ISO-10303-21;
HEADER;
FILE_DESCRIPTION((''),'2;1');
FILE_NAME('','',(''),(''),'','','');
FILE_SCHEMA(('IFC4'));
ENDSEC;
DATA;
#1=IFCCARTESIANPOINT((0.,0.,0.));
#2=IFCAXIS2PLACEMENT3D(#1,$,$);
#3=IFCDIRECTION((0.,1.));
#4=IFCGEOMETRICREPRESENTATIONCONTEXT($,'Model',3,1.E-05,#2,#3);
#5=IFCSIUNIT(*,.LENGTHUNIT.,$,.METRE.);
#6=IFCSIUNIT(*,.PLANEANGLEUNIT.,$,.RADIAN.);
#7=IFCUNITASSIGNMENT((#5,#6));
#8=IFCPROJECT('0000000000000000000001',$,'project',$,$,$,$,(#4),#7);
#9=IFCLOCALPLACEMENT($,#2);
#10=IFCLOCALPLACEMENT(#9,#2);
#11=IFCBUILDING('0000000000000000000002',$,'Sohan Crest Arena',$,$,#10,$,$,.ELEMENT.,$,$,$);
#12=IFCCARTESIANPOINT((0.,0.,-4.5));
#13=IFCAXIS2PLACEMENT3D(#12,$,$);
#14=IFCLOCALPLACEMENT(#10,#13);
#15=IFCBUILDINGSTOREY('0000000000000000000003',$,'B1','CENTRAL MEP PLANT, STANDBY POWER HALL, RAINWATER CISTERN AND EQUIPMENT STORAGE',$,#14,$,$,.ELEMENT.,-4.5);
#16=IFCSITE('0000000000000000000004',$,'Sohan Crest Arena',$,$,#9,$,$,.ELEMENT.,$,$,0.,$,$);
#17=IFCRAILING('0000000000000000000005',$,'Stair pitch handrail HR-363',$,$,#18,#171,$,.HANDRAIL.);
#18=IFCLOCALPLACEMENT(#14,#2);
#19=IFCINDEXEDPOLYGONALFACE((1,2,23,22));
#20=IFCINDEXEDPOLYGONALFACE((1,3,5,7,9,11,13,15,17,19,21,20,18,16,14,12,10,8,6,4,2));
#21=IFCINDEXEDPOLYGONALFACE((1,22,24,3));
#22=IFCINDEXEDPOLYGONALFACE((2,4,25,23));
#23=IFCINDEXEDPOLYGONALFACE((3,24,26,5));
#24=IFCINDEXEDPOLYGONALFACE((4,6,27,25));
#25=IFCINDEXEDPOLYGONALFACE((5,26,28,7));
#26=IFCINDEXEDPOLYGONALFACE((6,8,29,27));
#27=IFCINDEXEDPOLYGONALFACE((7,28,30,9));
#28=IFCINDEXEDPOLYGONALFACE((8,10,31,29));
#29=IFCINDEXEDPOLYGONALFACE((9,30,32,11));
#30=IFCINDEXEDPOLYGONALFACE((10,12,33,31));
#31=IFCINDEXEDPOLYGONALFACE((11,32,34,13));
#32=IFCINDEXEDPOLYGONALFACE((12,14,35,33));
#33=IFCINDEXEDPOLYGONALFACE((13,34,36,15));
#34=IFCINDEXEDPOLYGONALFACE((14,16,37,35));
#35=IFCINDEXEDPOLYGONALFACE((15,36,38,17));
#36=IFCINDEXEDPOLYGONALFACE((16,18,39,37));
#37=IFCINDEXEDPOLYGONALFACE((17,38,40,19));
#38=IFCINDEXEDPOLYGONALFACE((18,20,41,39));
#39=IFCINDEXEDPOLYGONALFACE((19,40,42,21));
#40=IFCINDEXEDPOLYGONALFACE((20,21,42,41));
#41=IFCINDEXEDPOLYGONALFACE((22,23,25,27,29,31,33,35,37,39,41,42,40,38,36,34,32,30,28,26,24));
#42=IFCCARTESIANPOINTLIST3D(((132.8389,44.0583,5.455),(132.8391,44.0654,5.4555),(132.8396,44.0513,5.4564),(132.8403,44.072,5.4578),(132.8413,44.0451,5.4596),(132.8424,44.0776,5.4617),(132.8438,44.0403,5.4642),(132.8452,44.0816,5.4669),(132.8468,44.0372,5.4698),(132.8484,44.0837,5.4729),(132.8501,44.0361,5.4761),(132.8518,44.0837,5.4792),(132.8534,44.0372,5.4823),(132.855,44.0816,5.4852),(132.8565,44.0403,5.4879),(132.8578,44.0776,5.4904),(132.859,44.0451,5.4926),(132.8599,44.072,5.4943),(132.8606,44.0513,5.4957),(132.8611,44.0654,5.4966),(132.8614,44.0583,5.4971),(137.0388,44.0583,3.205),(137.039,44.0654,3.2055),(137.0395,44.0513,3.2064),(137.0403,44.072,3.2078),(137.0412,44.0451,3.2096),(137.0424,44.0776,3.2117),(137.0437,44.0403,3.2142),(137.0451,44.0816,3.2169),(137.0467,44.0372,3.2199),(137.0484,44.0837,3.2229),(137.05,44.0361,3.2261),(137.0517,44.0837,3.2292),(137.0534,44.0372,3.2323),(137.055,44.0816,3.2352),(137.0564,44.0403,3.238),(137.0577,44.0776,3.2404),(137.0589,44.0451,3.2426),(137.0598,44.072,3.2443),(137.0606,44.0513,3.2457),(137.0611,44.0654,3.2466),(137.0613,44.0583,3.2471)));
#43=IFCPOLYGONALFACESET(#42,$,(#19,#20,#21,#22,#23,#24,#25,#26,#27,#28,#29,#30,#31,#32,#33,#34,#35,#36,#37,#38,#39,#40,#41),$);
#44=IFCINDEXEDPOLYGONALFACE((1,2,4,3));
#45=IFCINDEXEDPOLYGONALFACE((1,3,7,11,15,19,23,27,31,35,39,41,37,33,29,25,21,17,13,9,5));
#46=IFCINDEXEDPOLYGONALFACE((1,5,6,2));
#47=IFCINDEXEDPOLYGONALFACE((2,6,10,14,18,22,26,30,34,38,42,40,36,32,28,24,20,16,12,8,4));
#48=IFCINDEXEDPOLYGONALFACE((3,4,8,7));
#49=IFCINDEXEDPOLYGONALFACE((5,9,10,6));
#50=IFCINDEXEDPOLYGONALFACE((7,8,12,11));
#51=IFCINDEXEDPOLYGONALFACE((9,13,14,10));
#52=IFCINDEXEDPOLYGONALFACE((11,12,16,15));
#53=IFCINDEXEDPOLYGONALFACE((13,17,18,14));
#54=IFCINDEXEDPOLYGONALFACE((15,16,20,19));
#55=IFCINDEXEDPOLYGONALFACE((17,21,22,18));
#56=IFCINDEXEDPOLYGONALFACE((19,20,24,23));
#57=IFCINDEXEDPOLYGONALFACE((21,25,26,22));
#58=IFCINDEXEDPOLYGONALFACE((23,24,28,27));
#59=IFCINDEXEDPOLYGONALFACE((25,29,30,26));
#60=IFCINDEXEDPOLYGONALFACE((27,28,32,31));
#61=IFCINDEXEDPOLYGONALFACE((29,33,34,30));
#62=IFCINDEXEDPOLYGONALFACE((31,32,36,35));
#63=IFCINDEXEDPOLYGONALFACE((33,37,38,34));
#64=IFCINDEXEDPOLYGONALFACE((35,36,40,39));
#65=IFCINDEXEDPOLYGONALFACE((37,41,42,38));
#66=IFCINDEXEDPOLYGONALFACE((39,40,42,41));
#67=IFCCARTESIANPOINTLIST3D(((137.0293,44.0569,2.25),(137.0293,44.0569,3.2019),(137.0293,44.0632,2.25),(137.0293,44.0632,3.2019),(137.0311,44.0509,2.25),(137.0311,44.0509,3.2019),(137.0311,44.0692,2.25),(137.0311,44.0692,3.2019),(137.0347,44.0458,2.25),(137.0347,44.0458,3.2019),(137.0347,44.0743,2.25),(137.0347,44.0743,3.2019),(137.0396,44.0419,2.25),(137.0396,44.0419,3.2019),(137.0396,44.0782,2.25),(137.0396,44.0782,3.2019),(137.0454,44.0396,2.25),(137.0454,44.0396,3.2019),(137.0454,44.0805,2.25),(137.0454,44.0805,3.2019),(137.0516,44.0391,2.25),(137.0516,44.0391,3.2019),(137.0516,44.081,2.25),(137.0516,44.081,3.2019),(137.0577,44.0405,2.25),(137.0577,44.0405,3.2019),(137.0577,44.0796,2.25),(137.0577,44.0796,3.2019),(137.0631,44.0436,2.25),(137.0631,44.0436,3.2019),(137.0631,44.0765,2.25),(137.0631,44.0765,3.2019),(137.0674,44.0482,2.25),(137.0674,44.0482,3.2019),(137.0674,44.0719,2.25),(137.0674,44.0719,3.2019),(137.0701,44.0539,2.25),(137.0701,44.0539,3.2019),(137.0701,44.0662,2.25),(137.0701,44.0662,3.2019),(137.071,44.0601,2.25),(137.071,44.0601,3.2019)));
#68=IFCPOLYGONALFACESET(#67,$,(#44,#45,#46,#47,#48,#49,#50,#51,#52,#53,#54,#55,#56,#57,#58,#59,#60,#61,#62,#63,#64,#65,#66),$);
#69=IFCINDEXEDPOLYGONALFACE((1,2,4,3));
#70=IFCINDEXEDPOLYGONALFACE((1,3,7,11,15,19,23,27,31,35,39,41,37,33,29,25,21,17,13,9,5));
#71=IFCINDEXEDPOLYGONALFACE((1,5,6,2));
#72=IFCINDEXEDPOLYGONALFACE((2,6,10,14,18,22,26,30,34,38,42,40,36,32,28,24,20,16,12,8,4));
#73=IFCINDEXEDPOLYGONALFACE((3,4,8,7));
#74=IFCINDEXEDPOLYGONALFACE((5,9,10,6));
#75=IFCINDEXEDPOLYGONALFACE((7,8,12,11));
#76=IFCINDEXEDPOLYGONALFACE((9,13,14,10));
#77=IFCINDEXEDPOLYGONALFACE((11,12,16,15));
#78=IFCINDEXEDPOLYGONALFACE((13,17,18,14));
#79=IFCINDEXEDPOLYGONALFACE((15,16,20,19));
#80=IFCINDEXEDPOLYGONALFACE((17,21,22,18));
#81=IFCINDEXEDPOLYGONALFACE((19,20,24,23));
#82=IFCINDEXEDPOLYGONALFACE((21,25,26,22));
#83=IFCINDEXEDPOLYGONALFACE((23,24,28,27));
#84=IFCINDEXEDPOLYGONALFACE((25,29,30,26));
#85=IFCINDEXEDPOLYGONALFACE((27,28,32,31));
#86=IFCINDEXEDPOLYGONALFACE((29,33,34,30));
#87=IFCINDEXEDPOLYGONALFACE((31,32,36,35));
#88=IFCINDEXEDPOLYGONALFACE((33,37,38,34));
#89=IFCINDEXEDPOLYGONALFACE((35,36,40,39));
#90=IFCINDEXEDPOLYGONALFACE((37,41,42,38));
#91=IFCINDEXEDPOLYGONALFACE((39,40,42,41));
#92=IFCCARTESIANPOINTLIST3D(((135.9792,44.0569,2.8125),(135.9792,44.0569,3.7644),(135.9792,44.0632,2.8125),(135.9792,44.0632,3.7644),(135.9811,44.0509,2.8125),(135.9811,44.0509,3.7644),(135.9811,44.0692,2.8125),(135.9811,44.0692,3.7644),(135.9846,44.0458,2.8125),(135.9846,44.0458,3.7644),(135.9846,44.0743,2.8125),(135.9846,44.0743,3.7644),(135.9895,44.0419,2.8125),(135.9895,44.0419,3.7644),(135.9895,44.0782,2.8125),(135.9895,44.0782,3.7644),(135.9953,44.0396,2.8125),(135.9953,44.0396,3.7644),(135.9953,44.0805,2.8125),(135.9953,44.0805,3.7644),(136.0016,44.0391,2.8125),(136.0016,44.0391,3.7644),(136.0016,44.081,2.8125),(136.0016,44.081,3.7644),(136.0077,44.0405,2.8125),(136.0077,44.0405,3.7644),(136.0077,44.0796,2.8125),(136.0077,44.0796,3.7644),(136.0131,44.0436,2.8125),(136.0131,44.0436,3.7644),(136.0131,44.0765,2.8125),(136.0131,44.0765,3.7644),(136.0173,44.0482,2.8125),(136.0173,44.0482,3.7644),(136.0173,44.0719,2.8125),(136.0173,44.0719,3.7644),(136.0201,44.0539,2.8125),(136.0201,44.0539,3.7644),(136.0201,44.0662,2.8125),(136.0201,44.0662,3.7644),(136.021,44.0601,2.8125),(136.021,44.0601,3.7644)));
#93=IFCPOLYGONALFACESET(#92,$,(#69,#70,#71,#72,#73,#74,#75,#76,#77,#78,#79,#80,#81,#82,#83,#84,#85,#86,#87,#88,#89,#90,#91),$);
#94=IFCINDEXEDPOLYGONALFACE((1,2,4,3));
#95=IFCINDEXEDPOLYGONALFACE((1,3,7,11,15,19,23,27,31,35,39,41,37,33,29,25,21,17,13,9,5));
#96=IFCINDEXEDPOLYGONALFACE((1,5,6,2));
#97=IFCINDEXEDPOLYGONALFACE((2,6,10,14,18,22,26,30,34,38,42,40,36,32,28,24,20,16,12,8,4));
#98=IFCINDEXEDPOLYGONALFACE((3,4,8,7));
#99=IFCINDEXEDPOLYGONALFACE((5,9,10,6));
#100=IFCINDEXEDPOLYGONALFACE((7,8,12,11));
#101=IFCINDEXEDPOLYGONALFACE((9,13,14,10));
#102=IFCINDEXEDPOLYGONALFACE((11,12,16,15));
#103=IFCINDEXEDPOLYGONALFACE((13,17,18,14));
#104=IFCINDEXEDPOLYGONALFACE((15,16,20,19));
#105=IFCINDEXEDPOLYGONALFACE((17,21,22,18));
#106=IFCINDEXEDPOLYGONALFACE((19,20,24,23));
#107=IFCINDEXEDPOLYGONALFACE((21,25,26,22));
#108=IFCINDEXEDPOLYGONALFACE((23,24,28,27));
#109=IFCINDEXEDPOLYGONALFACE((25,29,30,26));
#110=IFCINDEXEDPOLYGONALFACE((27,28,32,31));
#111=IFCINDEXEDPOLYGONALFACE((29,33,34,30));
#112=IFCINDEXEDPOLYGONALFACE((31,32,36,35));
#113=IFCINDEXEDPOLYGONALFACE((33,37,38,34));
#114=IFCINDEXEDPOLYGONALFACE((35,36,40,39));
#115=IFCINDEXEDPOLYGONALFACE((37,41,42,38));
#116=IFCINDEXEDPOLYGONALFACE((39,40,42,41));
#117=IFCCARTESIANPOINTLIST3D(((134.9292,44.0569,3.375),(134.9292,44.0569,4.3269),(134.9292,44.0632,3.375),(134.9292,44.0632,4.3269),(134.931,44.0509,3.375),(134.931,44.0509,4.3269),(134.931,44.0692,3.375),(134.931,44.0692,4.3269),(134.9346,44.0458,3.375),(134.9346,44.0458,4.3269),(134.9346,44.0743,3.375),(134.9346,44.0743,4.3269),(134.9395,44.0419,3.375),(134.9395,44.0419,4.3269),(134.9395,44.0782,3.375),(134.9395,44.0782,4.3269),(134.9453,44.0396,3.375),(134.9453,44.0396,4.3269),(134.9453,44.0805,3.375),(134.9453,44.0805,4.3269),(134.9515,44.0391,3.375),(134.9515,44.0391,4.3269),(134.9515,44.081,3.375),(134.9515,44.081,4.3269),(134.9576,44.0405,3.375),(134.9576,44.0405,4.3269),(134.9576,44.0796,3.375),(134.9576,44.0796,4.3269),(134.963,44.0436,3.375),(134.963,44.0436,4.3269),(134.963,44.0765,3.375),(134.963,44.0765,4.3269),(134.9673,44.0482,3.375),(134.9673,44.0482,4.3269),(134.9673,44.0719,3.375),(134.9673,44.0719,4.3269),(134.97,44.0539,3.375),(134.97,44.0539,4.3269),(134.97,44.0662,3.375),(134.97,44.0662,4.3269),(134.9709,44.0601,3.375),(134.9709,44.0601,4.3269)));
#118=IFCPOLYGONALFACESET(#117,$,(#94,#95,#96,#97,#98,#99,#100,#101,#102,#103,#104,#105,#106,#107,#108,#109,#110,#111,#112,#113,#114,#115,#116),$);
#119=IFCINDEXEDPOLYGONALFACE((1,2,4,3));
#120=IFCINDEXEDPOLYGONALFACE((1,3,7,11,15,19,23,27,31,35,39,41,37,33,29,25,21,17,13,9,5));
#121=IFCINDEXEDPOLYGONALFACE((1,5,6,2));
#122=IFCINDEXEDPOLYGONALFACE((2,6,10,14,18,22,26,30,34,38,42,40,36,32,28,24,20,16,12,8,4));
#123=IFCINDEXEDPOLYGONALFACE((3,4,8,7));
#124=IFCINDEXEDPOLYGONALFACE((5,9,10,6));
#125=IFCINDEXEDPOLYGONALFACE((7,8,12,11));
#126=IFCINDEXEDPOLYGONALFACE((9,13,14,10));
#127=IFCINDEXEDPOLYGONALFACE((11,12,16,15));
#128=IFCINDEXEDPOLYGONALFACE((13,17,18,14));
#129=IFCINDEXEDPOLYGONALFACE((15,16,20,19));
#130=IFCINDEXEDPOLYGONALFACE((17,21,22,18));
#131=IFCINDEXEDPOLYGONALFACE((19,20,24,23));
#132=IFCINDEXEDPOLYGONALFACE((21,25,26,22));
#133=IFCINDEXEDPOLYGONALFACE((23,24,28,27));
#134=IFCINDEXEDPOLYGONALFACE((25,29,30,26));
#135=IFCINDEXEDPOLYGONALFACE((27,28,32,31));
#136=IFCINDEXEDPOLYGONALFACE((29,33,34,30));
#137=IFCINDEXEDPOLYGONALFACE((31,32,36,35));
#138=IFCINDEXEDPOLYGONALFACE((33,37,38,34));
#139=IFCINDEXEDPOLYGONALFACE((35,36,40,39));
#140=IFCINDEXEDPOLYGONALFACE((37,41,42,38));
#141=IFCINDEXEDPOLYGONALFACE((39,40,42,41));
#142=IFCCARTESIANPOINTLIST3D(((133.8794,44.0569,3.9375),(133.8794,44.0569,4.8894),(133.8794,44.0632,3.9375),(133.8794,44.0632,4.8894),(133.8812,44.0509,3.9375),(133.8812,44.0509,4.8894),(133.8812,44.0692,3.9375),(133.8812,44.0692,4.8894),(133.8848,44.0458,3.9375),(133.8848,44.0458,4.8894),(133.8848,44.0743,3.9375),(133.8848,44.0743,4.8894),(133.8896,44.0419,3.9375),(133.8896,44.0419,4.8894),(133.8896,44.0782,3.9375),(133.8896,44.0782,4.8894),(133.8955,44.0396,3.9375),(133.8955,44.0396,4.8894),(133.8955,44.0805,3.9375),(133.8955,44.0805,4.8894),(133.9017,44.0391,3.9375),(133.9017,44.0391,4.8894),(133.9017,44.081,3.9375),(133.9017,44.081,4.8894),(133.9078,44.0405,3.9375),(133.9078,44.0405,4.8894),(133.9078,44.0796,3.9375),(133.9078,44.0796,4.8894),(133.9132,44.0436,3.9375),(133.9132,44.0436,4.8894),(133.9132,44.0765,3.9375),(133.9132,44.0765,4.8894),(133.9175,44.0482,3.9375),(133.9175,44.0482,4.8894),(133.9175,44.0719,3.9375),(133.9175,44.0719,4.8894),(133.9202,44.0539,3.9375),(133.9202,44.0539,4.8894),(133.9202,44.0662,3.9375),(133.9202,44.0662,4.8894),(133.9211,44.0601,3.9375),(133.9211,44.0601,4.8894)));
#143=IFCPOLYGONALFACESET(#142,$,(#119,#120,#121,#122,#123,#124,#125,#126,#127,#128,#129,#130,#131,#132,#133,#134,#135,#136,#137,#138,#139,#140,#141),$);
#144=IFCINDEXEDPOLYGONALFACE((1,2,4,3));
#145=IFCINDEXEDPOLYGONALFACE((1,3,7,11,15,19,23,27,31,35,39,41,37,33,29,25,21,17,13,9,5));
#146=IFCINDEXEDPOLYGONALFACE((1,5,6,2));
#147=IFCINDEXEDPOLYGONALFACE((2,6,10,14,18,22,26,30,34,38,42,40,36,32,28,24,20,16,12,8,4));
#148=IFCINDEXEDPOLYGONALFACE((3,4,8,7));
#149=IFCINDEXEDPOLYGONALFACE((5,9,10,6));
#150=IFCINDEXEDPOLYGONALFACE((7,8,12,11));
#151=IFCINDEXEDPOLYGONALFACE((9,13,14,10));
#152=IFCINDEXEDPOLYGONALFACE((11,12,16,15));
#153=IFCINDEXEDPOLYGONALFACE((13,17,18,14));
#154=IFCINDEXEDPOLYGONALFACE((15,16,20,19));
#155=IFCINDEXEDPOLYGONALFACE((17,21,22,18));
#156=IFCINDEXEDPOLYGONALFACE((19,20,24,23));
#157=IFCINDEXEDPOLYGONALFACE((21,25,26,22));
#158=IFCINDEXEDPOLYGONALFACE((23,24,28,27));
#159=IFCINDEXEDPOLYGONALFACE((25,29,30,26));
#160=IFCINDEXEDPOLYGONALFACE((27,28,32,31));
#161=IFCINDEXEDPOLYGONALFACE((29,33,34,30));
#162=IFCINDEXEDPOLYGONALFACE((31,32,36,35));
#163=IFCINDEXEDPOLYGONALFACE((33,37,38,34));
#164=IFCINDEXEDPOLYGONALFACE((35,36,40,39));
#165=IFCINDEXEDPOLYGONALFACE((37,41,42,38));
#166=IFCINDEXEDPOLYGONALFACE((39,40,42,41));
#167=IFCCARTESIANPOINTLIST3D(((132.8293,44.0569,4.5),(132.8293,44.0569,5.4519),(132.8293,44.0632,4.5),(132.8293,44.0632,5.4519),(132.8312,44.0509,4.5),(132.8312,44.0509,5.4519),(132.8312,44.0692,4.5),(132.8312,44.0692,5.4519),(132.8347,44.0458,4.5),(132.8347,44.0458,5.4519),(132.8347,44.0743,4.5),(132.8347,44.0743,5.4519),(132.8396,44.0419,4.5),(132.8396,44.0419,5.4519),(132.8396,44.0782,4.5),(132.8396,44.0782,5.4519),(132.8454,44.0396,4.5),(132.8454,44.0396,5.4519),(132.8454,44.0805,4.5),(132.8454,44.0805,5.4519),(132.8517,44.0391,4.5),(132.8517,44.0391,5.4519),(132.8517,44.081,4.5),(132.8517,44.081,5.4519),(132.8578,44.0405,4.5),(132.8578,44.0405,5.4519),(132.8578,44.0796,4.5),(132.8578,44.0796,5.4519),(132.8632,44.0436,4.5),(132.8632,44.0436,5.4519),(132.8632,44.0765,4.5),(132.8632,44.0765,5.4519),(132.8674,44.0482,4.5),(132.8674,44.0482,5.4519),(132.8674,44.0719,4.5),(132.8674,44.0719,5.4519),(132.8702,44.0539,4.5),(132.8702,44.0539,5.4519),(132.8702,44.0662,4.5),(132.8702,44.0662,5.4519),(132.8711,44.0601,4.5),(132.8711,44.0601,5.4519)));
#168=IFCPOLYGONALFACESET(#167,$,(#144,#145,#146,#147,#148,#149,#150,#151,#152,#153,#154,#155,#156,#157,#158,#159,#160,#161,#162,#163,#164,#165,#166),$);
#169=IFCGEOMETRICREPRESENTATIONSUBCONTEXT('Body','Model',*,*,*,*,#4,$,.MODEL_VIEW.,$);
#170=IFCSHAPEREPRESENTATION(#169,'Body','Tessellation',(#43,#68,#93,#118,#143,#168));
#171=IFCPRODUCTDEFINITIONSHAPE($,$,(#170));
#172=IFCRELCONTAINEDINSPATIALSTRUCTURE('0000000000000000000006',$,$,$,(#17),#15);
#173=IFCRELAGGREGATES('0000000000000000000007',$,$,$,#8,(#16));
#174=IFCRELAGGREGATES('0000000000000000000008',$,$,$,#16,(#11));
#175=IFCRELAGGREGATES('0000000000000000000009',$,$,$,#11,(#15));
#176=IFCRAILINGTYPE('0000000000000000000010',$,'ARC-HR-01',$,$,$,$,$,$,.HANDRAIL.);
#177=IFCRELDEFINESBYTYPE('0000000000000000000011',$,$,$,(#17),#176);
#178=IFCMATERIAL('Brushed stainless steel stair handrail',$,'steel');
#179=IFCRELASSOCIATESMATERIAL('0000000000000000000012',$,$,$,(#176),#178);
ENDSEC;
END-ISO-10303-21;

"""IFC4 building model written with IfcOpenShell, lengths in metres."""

from ifc_helpers import new_model, si_unit, direction, frame, origin, origin_2d, place, context, subcontext, project, spatial, circle, extrude, material, type_object, element, save


model = new_model("IFC4")

# Units and contexts
model_context = context("Model", 3, precision=1e-05, world=origin(), true_north=direction((0.0, 1.0)))
body_context = subcontext(model_context, "Body", "Model", "MODEL_VIEW")
ifc_project = project(units=[si_unit("LENGTHUNIT", "METRE"), si_unit("PLANEANGLEUNIT", "RADIAN")], contexts=[model_context])

# Site, building, storey
site_placement = place(None, origin())
site = spatial("IfcSite", under=ifc_project, at=site_placement, Name="Sohan Crest Arena", CompositionType="ELEMENT", RefElevation=0.0)
building_placement = place(site_placement, origin())
building = spatial("IfcBuilding", under=site, at=building_placement, Name="Sohan Crest Arena", CompositionType="ELEMENT")
storey_placement = place(building_placement, frame((0.0, 0.0, -4.5)))
storey = spatial("IfcBuildingStorey", under=building, at=storey_placement, Name="B1", Description="CENTRAL MEP PLANT, STANDBY POWER HALL, RAINWATER CISTERN AND EQUIPMENT STORAGE", CompositionType="ELEMENT", Elevation=-4.5)

# Railing
ifc_material_1 = material(Name="Brushed stainless steel stair handrail", Category="steel")
railing_type_1 = type_object("IfcRailingType", Name="ARC-HR-01", PredefinedType="HANDRAIL", material=ifc_material_1)
railing_1_placement = place(storey_placement, frame((137.05, 44.0601, 2.25)))
element("IfcRailing", 1, at=railing_1_placement, inside=storey, type_object=railing_type_1, Name="Stair pitch handrail HR-363", PredefinedType="HANDRAIL", context=body_context, shape_type="SweptSolid", body=[
    extrude(circle(Radius=0.0239, at=origin_2d()), frame((0.0, 0.0, 0.9761), z_axis=(-0.881478, 0.0, 0.472226), x_axis=(0.0, -1.0, 0.0)), (0.0, 0.0, 1.0), 4.7646),
    extrude(circle(Radius=0.021, at=origin_2d()), origin(), (0.0, 0.0, 1.0), 0.9519),
    extrude(circle(Radius=0.021, at=origin_2d()), frame((-1.05, 0.0, 0.5625)), (0.0, 0.0, 1.0), 0.9519),
    extrude(circle(Radius=0.021, at=origin_2d()), frame((-2.1001, 0.0, 1.125)), (0.0, 0.0, 1.0), 0.9519),
    extrude(circle(Radius=0.021, at=origin_2d()), frame((-3.1499, 0.0, 1.6875)), (0.0, 0.0, 1.0), 0.9519),
    extrude(circle(Radius=0.021, at=origin_2d()), frame((-4.2, 0.0, 2.25)), (0.0, 0.0, 1.0), 0.9519),
])

save(model, "model.ifc")
